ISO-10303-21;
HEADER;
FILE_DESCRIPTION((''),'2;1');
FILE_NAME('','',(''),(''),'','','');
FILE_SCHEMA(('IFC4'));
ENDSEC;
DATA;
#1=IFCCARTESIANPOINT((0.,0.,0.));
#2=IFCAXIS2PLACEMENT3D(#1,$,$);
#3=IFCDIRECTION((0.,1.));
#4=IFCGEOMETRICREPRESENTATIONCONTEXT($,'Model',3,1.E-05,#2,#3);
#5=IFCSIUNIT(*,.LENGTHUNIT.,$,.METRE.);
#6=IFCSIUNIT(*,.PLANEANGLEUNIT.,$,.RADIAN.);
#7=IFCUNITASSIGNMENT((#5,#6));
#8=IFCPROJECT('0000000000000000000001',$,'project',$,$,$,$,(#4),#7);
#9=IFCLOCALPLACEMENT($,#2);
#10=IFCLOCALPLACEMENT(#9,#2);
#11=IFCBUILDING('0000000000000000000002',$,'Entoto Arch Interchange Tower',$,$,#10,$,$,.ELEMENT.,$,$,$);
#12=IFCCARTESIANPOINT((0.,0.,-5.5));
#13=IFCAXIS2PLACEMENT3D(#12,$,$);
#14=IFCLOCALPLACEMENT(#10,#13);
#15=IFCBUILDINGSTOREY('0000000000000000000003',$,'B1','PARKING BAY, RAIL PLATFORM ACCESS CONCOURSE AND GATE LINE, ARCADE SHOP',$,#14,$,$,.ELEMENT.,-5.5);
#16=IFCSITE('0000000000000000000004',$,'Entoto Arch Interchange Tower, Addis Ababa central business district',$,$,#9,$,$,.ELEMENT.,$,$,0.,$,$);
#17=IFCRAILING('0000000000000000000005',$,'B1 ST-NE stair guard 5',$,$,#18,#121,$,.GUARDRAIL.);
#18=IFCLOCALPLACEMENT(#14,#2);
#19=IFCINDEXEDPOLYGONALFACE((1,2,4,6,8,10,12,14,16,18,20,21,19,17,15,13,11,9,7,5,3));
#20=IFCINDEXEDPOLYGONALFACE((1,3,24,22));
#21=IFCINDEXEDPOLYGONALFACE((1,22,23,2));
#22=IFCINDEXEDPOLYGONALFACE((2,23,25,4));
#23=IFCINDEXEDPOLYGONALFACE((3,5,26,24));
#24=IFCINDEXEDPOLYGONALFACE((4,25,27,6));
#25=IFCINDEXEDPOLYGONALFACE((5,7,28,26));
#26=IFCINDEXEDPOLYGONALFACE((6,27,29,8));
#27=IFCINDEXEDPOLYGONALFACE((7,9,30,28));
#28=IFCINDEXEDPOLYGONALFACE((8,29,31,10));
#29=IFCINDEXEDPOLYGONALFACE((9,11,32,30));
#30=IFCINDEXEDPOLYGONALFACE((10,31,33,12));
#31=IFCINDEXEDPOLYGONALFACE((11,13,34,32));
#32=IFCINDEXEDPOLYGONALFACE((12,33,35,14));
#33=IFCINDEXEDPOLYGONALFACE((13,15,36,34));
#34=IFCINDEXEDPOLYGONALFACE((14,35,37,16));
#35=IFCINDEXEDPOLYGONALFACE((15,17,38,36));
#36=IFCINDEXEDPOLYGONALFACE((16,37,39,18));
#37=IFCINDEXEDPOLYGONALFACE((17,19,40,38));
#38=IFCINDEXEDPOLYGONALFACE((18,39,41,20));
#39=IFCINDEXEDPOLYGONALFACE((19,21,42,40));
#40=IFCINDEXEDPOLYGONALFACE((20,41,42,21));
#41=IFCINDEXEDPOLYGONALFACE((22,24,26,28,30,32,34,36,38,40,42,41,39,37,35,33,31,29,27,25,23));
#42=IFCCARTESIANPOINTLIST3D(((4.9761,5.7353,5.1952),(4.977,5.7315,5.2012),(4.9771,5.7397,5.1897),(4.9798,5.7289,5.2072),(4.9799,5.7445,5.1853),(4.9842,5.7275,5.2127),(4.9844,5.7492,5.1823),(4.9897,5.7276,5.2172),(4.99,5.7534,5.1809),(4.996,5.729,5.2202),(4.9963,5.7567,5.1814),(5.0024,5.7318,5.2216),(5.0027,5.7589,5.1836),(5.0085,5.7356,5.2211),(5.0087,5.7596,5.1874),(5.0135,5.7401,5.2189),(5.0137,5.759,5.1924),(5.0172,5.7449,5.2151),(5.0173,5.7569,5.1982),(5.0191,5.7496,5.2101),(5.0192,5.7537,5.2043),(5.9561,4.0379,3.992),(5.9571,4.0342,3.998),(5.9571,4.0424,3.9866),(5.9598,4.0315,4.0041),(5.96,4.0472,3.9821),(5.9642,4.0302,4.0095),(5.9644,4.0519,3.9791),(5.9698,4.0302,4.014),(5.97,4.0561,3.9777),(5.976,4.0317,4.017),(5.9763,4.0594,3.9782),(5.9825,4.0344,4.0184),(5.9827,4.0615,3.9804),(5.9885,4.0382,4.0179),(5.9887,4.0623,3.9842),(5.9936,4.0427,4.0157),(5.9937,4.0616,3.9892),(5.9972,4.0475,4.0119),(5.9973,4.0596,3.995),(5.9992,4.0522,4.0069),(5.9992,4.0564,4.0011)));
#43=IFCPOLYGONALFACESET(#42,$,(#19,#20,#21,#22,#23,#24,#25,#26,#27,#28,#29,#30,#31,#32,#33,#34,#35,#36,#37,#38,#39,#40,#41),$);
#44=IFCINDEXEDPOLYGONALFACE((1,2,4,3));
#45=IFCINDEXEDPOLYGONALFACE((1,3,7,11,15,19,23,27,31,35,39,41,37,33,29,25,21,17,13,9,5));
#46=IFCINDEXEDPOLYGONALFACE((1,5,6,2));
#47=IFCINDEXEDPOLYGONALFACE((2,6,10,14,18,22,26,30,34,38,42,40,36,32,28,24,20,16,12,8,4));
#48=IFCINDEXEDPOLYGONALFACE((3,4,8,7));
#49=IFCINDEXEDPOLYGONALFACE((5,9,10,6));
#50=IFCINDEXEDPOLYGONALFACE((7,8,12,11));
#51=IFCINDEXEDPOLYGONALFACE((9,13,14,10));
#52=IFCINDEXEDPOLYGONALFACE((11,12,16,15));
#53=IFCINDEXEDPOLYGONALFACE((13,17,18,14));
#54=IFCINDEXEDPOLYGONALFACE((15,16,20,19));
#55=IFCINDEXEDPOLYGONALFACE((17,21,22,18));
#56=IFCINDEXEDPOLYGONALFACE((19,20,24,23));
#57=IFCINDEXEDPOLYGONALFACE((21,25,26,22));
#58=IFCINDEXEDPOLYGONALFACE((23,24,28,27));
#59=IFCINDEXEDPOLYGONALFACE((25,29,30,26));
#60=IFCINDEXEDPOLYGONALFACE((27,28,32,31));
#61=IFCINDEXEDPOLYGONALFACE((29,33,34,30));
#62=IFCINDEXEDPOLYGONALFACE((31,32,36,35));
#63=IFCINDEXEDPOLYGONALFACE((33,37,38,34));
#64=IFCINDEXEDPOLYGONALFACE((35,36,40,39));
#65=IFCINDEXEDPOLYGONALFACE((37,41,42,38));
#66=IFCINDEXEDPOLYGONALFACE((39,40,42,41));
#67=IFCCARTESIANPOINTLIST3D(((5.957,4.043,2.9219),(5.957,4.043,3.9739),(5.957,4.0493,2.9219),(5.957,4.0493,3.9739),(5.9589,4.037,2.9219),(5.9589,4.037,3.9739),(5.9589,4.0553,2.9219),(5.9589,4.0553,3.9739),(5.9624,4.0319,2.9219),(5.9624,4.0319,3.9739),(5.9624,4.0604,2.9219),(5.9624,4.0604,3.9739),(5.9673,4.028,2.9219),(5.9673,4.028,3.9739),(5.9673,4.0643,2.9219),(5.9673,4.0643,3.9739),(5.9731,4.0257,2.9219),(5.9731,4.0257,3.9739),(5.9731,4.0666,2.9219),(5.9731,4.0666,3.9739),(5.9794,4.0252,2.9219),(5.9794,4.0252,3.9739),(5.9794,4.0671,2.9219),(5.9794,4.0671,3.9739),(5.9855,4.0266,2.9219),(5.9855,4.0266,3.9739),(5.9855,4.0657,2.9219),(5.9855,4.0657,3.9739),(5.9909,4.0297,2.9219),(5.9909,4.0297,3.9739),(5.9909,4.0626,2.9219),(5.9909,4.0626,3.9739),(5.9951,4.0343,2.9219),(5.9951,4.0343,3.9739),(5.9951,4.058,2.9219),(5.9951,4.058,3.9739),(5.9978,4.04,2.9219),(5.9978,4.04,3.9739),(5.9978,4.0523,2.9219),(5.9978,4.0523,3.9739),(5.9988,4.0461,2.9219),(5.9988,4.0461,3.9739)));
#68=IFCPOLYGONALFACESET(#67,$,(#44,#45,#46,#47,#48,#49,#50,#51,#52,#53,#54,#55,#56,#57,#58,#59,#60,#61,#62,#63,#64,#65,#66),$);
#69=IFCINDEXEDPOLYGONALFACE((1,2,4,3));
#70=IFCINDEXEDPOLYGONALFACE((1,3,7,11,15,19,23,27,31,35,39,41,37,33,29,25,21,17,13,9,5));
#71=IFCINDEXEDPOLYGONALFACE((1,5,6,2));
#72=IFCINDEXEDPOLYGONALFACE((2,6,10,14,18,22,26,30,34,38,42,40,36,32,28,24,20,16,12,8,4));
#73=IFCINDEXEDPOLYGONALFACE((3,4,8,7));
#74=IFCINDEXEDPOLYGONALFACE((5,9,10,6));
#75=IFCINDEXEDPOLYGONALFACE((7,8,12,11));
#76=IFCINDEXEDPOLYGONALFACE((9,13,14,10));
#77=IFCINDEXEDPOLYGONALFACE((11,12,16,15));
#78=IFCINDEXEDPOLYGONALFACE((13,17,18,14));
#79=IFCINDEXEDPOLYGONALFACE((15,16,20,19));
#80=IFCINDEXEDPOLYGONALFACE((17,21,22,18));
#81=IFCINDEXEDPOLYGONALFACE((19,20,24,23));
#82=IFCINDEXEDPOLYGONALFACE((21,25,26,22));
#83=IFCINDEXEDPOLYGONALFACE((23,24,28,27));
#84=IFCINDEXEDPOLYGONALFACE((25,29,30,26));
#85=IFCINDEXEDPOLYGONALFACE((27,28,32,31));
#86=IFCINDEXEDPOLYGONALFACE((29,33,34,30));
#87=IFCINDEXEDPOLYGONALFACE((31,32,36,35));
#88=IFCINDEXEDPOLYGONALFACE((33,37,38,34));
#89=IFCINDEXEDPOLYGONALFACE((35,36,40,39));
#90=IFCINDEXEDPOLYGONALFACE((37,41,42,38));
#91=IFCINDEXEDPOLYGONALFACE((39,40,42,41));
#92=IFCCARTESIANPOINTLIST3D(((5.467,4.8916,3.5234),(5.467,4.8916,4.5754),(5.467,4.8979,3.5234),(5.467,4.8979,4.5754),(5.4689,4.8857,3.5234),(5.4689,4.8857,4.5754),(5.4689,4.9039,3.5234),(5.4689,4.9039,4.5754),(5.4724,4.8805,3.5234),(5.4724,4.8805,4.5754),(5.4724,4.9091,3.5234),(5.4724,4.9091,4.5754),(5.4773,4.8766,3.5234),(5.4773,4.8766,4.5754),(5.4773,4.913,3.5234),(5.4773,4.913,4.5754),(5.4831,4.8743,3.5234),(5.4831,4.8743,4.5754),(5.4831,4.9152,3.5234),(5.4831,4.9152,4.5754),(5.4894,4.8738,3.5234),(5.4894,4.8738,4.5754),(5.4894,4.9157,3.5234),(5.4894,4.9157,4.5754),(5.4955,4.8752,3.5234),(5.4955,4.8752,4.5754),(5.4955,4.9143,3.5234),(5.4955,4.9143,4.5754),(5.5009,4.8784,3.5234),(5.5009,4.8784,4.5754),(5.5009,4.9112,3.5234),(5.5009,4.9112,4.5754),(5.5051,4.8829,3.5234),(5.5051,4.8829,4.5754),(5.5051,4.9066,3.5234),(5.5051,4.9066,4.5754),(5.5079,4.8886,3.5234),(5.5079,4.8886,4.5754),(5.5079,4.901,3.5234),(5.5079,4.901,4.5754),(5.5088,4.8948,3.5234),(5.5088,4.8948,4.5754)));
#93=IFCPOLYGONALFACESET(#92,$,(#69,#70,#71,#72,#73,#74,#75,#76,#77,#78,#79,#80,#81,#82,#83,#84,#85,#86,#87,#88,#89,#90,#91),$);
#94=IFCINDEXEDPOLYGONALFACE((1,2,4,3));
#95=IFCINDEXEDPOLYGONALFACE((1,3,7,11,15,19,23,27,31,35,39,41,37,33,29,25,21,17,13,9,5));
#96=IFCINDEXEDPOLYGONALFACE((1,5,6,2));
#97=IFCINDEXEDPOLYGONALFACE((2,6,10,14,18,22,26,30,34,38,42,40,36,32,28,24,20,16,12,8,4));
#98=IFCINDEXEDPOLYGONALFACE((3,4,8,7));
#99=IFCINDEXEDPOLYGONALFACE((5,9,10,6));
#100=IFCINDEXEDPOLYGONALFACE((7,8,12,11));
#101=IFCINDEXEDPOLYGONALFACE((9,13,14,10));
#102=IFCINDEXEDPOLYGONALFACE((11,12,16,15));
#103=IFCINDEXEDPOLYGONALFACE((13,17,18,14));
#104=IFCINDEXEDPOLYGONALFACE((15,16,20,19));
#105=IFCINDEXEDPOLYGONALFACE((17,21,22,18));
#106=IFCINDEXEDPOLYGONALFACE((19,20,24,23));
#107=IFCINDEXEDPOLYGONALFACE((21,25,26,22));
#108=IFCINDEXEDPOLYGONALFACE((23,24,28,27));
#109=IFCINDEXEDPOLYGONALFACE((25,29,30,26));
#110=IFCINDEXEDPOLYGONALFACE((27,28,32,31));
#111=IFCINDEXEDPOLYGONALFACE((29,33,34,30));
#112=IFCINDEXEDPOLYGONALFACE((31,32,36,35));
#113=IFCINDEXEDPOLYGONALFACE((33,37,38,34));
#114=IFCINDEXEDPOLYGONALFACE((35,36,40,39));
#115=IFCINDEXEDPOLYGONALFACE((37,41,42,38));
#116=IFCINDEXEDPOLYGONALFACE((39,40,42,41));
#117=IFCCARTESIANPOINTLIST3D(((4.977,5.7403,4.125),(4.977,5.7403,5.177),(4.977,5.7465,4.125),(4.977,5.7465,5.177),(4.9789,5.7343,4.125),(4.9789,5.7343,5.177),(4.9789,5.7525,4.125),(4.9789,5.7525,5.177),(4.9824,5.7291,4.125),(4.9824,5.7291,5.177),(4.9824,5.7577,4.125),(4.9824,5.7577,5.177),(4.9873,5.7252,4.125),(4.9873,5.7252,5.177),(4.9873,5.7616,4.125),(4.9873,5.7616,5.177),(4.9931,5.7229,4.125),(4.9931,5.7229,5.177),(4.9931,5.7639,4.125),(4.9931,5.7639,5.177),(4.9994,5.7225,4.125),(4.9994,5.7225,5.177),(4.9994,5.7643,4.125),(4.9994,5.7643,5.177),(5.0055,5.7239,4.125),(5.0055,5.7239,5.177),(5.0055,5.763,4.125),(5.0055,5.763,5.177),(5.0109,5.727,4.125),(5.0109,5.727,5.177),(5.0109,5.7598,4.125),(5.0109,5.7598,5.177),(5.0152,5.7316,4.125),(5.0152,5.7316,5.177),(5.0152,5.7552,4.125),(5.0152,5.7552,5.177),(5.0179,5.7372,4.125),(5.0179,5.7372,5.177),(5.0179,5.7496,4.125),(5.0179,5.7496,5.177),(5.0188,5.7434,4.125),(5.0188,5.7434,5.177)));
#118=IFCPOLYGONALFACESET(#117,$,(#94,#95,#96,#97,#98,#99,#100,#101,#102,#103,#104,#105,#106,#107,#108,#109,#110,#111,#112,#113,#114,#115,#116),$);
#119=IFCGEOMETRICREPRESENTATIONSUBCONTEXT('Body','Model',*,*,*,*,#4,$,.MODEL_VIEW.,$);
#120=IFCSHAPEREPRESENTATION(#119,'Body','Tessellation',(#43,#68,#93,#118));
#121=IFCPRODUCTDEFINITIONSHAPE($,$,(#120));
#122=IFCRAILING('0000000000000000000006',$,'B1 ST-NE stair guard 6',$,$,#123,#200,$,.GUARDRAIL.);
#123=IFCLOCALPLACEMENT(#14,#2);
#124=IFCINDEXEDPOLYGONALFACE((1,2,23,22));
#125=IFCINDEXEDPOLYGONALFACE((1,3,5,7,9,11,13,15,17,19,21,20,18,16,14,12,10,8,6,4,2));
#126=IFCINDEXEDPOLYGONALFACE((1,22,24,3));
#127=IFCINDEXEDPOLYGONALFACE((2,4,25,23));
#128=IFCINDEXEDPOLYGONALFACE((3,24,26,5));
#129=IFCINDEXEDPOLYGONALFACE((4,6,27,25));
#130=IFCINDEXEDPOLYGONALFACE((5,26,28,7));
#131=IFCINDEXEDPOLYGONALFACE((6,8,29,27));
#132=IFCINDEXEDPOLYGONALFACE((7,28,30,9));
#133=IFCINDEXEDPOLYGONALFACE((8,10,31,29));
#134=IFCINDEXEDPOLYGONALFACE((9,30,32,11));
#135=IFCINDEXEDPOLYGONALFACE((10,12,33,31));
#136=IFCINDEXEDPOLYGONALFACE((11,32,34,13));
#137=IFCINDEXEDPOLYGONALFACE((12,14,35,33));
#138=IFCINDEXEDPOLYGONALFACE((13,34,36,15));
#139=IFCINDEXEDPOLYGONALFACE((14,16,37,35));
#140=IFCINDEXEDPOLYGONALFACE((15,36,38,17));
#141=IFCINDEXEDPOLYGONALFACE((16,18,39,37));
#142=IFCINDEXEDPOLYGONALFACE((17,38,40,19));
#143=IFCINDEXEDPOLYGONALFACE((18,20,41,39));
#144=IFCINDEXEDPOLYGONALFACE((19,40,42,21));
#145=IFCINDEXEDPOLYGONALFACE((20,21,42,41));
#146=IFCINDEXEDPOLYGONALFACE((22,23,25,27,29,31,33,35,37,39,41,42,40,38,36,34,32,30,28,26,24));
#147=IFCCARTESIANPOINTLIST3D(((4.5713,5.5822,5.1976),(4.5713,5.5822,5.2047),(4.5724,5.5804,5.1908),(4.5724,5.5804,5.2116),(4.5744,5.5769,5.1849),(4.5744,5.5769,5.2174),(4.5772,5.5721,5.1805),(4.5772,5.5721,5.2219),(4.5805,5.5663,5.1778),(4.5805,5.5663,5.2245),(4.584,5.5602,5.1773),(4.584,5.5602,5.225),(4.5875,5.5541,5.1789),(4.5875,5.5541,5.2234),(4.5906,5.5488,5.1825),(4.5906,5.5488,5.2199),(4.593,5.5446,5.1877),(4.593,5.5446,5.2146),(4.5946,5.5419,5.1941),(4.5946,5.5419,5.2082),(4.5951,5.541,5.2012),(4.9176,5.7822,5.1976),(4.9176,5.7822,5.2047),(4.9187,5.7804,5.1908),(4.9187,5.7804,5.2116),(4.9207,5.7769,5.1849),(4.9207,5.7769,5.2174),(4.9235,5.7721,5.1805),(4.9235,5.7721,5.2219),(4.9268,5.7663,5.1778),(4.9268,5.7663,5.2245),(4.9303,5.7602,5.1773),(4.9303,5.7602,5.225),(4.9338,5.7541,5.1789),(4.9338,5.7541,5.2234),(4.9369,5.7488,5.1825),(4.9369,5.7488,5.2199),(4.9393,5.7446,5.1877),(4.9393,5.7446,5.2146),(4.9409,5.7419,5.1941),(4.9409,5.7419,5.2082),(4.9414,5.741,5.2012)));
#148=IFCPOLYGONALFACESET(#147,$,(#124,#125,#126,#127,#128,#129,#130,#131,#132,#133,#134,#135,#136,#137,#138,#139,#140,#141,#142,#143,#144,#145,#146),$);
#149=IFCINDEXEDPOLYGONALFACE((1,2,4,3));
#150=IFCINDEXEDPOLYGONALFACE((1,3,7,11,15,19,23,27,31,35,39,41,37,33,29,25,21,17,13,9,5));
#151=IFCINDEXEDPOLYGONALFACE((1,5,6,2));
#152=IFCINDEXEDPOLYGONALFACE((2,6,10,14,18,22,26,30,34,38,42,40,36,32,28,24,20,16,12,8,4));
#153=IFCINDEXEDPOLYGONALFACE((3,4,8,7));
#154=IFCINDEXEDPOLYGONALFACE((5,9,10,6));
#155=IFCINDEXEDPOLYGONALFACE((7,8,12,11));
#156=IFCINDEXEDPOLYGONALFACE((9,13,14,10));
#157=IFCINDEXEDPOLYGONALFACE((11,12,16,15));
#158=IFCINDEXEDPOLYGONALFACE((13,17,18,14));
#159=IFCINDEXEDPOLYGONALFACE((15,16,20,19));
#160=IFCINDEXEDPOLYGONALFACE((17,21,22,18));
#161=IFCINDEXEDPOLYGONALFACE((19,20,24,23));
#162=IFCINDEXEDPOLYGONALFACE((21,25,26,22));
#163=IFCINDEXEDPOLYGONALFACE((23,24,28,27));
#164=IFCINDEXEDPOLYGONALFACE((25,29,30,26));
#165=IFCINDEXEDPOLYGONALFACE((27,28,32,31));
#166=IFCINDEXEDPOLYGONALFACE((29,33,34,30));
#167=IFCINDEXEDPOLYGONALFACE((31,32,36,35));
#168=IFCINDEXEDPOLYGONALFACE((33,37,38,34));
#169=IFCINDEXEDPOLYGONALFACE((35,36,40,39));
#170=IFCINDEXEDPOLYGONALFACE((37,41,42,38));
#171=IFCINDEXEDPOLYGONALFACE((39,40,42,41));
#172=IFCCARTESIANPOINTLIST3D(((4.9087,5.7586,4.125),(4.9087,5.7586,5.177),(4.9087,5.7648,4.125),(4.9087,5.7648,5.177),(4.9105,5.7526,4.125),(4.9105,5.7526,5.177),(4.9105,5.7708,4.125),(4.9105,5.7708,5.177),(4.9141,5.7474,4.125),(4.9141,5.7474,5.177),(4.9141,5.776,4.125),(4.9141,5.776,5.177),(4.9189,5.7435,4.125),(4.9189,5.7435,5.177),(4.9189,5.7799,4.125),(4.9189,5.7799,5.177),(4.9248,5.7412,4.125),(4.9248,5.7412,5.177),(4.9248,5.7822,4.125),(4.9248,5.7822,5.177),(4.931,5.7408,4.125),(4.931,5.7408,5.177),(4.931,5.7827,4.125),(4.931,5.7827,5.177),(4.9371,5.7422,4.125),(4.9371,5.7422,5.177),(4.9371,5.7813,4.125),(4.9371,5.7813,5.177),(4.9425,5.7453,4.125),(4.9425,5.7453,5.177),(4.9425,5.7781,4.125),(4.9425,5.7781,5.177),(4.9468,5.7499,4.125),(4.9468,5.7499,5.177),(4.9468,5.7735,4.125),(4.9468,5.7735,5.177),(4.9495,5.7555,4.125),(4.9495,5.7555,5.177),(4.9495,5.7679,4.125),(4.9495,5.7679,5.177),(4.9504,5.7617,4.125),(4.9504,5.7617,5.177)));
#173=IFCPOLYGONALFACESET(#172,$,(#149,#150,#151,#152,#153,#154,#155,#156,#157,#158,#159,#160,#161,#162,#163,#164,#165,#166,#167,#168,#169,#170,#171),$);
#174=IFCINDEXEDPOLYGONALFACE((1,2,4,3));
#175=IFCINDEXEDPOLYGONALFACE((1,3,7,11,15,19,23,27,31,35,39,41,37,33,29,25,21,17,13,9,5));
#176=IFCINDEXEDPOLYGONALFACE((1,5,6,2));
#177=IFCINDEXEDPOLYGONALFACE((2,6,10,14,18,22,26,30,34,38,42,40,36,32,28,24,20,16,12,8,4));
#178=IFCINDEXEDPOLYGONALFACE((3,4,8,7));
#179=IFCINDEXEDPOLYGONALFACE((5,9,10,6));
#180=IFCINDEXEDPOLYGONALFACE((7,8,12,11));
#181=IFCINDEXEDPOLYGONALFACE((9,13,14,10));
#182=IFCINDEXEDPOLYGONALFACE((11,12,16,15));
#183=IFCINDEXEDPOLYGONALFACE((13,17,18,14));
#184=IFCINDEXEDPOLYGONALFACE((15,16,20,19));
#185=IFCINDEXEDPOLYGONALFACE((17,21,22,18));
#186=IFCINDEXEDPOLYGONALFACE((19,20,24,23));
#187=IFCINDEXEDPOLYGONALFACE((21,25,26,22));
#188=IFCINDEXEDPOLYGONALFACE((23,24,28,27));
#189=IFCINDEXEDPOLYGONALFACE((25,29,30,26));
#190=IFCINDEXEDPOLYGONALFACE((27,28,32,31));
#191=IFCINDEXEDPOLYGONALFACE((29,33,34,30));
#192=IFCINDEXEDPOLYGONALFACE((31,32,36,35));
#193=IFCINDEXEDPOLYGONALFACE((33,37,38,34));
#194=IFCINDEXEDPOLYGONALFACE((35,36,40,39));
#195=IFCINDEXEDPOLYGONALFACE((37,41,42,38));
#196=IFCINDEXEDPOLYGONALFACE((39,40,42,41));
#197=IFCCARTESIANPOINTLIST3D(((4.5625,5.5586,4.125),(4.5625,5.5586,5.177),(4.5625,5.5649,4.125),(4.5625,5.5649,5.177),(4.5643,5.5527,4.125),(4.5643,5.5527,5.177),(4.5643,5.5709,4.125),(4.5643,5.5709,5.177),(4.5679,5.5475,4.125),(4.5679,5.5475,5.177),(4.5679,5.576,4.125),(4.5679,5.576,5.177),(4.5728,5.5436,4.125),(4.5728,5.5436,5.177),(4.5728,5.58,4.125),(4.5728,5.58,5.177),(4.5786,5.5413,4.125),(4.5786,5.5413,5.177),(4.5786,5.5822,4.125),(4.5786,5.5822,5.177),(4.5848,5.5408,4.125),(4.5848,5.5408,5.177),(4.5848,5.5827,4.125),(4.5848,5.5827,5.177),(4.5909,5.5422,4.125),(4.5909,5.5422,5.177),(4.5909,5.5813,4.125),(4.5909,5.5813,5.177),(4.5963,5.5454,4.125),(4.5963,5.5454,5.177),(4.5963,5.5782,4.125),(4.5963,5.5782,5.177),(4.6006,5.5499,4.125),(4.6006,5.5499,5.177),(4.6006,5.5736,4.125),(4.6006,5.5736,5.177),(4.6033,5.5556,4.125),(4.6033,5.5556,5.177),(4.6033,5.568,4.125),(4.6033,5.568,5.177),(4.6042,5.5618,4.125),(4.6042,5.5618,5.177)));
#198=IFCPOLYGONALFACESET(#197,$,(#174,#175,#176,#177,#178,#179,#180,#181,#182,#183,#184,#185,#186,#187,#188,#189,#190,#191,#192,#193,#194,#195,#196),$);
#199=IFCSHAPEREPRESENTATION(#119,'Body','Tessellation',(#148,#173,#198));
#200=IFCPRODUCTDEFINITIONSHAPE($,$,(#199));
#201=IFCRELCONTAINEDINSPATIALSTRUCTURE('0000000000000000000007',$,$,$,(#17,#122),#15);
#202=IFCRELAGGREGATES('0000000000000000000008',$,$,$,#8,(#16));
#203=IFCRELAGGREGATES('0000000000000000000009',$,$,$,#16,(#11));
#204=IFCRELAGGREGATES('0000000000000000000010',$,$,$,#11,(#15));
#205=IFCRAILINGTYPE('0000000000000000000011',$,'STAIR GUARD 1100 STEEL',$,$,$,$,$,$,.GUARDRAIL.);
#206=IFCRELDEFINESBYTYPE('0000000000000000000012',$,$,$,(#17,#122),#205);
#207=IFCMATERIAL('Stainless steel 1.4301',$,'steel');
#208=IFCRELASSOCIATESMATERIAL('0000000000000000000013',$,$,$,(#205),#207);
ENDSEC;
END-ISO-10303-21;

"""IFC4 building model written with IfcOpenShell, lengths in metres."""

from ifc_helpers import new_model, si_unit, direction, frame, origin, origin_2d, place, context, subcontext, project, spatial, circle, extrude, material, type_object, element, save


model = new_model("IFC4")

# Units and contexts
model_context = context("Model", 3, precision=1e-05, world=origin(), true_north=direction((0.0, 1.0)))
body_context = subcontext(model_context, "Body", "Model", "MODEL_VIEW")
ifc_project = project(units=[si_unit("LENGTHUNIT", "METRE"), si_unit("PLANEANGLEUNIT", "RADIAN")], contexts=[model_context])

# Site, building, storey
site_placement = place(None, origin())
site = spatial("IfcSite", under=ifc_project, at=site_placement, Name="Entoto Arch Interchange Tower, Addis Ababa central business district", CompositionType="ELEMENT", RefElevation=0.0)
building_placement = place(site_placement, origin())
building = spatial("IfcBuilding", under=site, at=building_placement, Name="Entoto Arch Interchange Tower", CompositionType="ELEMENT")
storey_placement = place(building_placement, frame((0.0, 0.0, -5.5)))
storey = spatial("IfcBuildingStorey", under=building, at=storey_placement, Name="B1", Description="PARKING BAY, RAIL PLATFORM ACCESS CONCOURSE AND GATE LINE, ARCADE SHOP", CompositionType="ELEMENT", Elevation=-5.5)

# Railings
ifc_material_1 = material(Name="Stainless steel 1.4301", Category="steel")
railing_type_1 = type_object("IfcRailingType", Name="STAIR GUARD 1100 STEEL", PredefinedType="GUARDRAIL", material=ifc_material_1)
railing_1_placement = place(storey_placement, frame((5.9778, 4.0461, 2.9219)))
element("IfcRailing", 1, at=railing_1_placement, inside=storey, type_object=railing_type_1, Name="B1 ST-NE stair guard 5", PredefinedType="GUARDRAIL", context=body_context, shape_type="SweptSolid", body=[
    extrude(circle(Radius=0.0239, at=origin_2d()), frame((0.0, 0.0, 1.0762), z_axis=(-0.426136, 0.73804, 0.523168), x_axis=(-0.866011, -0.500024, 0.0)), (0.0, 0.0, 1.0), 2.2998),
    extrude(circle(Radius=0.021, at=origin_2d()), origin(), (0.0, 0.0, 1.0), 1.052),
    extrude(circle(Radius=0.021, at=origin_2d()), frame((-0.49, 0.8486, 0.6016)), (0.0, 0.0, 1.0), 1.052),
    extrude(circle(Radius=0.021, at=origin_2d()), frame((-0.98, 1.6973, 1.2031)), (0.0, 0.0, 1.0), 1.052),
])
railing_2_placement = place(storey_placement, frame((4.9294, 5.7617, 4.125)))
element("IfcRailing", 2, at=railing_2_placement, inside=storey, type_object=railing_type_1, Name="B1 ST-NE stair guard 6", PredefinedType="GUARDRAIL", context=body_context, shape_type="SweptSolid", body=[
    extrude(circle(Radius=0.0239, at=origin_2d()), frame((0.0, 0.0, 1.0762), z_axis=(-0.865941, -0.500145, 0.0), x_axis=(0.500145, -0.865941, 0.0)), (0.0, 0.0, 1.0), 0.3999),
    extrude(circle(Radius=0.021, at=origin_2d()), origin(), (0.0, 0.0, 1.0), 1.052),
    extrude(circle(Radius=0.021, at=origin_2d()), frame((-0.3462, -0.2, 0.0)), (0.0, 0.0, 1.0), 1.052),
])

save(model, "model.ifc")
